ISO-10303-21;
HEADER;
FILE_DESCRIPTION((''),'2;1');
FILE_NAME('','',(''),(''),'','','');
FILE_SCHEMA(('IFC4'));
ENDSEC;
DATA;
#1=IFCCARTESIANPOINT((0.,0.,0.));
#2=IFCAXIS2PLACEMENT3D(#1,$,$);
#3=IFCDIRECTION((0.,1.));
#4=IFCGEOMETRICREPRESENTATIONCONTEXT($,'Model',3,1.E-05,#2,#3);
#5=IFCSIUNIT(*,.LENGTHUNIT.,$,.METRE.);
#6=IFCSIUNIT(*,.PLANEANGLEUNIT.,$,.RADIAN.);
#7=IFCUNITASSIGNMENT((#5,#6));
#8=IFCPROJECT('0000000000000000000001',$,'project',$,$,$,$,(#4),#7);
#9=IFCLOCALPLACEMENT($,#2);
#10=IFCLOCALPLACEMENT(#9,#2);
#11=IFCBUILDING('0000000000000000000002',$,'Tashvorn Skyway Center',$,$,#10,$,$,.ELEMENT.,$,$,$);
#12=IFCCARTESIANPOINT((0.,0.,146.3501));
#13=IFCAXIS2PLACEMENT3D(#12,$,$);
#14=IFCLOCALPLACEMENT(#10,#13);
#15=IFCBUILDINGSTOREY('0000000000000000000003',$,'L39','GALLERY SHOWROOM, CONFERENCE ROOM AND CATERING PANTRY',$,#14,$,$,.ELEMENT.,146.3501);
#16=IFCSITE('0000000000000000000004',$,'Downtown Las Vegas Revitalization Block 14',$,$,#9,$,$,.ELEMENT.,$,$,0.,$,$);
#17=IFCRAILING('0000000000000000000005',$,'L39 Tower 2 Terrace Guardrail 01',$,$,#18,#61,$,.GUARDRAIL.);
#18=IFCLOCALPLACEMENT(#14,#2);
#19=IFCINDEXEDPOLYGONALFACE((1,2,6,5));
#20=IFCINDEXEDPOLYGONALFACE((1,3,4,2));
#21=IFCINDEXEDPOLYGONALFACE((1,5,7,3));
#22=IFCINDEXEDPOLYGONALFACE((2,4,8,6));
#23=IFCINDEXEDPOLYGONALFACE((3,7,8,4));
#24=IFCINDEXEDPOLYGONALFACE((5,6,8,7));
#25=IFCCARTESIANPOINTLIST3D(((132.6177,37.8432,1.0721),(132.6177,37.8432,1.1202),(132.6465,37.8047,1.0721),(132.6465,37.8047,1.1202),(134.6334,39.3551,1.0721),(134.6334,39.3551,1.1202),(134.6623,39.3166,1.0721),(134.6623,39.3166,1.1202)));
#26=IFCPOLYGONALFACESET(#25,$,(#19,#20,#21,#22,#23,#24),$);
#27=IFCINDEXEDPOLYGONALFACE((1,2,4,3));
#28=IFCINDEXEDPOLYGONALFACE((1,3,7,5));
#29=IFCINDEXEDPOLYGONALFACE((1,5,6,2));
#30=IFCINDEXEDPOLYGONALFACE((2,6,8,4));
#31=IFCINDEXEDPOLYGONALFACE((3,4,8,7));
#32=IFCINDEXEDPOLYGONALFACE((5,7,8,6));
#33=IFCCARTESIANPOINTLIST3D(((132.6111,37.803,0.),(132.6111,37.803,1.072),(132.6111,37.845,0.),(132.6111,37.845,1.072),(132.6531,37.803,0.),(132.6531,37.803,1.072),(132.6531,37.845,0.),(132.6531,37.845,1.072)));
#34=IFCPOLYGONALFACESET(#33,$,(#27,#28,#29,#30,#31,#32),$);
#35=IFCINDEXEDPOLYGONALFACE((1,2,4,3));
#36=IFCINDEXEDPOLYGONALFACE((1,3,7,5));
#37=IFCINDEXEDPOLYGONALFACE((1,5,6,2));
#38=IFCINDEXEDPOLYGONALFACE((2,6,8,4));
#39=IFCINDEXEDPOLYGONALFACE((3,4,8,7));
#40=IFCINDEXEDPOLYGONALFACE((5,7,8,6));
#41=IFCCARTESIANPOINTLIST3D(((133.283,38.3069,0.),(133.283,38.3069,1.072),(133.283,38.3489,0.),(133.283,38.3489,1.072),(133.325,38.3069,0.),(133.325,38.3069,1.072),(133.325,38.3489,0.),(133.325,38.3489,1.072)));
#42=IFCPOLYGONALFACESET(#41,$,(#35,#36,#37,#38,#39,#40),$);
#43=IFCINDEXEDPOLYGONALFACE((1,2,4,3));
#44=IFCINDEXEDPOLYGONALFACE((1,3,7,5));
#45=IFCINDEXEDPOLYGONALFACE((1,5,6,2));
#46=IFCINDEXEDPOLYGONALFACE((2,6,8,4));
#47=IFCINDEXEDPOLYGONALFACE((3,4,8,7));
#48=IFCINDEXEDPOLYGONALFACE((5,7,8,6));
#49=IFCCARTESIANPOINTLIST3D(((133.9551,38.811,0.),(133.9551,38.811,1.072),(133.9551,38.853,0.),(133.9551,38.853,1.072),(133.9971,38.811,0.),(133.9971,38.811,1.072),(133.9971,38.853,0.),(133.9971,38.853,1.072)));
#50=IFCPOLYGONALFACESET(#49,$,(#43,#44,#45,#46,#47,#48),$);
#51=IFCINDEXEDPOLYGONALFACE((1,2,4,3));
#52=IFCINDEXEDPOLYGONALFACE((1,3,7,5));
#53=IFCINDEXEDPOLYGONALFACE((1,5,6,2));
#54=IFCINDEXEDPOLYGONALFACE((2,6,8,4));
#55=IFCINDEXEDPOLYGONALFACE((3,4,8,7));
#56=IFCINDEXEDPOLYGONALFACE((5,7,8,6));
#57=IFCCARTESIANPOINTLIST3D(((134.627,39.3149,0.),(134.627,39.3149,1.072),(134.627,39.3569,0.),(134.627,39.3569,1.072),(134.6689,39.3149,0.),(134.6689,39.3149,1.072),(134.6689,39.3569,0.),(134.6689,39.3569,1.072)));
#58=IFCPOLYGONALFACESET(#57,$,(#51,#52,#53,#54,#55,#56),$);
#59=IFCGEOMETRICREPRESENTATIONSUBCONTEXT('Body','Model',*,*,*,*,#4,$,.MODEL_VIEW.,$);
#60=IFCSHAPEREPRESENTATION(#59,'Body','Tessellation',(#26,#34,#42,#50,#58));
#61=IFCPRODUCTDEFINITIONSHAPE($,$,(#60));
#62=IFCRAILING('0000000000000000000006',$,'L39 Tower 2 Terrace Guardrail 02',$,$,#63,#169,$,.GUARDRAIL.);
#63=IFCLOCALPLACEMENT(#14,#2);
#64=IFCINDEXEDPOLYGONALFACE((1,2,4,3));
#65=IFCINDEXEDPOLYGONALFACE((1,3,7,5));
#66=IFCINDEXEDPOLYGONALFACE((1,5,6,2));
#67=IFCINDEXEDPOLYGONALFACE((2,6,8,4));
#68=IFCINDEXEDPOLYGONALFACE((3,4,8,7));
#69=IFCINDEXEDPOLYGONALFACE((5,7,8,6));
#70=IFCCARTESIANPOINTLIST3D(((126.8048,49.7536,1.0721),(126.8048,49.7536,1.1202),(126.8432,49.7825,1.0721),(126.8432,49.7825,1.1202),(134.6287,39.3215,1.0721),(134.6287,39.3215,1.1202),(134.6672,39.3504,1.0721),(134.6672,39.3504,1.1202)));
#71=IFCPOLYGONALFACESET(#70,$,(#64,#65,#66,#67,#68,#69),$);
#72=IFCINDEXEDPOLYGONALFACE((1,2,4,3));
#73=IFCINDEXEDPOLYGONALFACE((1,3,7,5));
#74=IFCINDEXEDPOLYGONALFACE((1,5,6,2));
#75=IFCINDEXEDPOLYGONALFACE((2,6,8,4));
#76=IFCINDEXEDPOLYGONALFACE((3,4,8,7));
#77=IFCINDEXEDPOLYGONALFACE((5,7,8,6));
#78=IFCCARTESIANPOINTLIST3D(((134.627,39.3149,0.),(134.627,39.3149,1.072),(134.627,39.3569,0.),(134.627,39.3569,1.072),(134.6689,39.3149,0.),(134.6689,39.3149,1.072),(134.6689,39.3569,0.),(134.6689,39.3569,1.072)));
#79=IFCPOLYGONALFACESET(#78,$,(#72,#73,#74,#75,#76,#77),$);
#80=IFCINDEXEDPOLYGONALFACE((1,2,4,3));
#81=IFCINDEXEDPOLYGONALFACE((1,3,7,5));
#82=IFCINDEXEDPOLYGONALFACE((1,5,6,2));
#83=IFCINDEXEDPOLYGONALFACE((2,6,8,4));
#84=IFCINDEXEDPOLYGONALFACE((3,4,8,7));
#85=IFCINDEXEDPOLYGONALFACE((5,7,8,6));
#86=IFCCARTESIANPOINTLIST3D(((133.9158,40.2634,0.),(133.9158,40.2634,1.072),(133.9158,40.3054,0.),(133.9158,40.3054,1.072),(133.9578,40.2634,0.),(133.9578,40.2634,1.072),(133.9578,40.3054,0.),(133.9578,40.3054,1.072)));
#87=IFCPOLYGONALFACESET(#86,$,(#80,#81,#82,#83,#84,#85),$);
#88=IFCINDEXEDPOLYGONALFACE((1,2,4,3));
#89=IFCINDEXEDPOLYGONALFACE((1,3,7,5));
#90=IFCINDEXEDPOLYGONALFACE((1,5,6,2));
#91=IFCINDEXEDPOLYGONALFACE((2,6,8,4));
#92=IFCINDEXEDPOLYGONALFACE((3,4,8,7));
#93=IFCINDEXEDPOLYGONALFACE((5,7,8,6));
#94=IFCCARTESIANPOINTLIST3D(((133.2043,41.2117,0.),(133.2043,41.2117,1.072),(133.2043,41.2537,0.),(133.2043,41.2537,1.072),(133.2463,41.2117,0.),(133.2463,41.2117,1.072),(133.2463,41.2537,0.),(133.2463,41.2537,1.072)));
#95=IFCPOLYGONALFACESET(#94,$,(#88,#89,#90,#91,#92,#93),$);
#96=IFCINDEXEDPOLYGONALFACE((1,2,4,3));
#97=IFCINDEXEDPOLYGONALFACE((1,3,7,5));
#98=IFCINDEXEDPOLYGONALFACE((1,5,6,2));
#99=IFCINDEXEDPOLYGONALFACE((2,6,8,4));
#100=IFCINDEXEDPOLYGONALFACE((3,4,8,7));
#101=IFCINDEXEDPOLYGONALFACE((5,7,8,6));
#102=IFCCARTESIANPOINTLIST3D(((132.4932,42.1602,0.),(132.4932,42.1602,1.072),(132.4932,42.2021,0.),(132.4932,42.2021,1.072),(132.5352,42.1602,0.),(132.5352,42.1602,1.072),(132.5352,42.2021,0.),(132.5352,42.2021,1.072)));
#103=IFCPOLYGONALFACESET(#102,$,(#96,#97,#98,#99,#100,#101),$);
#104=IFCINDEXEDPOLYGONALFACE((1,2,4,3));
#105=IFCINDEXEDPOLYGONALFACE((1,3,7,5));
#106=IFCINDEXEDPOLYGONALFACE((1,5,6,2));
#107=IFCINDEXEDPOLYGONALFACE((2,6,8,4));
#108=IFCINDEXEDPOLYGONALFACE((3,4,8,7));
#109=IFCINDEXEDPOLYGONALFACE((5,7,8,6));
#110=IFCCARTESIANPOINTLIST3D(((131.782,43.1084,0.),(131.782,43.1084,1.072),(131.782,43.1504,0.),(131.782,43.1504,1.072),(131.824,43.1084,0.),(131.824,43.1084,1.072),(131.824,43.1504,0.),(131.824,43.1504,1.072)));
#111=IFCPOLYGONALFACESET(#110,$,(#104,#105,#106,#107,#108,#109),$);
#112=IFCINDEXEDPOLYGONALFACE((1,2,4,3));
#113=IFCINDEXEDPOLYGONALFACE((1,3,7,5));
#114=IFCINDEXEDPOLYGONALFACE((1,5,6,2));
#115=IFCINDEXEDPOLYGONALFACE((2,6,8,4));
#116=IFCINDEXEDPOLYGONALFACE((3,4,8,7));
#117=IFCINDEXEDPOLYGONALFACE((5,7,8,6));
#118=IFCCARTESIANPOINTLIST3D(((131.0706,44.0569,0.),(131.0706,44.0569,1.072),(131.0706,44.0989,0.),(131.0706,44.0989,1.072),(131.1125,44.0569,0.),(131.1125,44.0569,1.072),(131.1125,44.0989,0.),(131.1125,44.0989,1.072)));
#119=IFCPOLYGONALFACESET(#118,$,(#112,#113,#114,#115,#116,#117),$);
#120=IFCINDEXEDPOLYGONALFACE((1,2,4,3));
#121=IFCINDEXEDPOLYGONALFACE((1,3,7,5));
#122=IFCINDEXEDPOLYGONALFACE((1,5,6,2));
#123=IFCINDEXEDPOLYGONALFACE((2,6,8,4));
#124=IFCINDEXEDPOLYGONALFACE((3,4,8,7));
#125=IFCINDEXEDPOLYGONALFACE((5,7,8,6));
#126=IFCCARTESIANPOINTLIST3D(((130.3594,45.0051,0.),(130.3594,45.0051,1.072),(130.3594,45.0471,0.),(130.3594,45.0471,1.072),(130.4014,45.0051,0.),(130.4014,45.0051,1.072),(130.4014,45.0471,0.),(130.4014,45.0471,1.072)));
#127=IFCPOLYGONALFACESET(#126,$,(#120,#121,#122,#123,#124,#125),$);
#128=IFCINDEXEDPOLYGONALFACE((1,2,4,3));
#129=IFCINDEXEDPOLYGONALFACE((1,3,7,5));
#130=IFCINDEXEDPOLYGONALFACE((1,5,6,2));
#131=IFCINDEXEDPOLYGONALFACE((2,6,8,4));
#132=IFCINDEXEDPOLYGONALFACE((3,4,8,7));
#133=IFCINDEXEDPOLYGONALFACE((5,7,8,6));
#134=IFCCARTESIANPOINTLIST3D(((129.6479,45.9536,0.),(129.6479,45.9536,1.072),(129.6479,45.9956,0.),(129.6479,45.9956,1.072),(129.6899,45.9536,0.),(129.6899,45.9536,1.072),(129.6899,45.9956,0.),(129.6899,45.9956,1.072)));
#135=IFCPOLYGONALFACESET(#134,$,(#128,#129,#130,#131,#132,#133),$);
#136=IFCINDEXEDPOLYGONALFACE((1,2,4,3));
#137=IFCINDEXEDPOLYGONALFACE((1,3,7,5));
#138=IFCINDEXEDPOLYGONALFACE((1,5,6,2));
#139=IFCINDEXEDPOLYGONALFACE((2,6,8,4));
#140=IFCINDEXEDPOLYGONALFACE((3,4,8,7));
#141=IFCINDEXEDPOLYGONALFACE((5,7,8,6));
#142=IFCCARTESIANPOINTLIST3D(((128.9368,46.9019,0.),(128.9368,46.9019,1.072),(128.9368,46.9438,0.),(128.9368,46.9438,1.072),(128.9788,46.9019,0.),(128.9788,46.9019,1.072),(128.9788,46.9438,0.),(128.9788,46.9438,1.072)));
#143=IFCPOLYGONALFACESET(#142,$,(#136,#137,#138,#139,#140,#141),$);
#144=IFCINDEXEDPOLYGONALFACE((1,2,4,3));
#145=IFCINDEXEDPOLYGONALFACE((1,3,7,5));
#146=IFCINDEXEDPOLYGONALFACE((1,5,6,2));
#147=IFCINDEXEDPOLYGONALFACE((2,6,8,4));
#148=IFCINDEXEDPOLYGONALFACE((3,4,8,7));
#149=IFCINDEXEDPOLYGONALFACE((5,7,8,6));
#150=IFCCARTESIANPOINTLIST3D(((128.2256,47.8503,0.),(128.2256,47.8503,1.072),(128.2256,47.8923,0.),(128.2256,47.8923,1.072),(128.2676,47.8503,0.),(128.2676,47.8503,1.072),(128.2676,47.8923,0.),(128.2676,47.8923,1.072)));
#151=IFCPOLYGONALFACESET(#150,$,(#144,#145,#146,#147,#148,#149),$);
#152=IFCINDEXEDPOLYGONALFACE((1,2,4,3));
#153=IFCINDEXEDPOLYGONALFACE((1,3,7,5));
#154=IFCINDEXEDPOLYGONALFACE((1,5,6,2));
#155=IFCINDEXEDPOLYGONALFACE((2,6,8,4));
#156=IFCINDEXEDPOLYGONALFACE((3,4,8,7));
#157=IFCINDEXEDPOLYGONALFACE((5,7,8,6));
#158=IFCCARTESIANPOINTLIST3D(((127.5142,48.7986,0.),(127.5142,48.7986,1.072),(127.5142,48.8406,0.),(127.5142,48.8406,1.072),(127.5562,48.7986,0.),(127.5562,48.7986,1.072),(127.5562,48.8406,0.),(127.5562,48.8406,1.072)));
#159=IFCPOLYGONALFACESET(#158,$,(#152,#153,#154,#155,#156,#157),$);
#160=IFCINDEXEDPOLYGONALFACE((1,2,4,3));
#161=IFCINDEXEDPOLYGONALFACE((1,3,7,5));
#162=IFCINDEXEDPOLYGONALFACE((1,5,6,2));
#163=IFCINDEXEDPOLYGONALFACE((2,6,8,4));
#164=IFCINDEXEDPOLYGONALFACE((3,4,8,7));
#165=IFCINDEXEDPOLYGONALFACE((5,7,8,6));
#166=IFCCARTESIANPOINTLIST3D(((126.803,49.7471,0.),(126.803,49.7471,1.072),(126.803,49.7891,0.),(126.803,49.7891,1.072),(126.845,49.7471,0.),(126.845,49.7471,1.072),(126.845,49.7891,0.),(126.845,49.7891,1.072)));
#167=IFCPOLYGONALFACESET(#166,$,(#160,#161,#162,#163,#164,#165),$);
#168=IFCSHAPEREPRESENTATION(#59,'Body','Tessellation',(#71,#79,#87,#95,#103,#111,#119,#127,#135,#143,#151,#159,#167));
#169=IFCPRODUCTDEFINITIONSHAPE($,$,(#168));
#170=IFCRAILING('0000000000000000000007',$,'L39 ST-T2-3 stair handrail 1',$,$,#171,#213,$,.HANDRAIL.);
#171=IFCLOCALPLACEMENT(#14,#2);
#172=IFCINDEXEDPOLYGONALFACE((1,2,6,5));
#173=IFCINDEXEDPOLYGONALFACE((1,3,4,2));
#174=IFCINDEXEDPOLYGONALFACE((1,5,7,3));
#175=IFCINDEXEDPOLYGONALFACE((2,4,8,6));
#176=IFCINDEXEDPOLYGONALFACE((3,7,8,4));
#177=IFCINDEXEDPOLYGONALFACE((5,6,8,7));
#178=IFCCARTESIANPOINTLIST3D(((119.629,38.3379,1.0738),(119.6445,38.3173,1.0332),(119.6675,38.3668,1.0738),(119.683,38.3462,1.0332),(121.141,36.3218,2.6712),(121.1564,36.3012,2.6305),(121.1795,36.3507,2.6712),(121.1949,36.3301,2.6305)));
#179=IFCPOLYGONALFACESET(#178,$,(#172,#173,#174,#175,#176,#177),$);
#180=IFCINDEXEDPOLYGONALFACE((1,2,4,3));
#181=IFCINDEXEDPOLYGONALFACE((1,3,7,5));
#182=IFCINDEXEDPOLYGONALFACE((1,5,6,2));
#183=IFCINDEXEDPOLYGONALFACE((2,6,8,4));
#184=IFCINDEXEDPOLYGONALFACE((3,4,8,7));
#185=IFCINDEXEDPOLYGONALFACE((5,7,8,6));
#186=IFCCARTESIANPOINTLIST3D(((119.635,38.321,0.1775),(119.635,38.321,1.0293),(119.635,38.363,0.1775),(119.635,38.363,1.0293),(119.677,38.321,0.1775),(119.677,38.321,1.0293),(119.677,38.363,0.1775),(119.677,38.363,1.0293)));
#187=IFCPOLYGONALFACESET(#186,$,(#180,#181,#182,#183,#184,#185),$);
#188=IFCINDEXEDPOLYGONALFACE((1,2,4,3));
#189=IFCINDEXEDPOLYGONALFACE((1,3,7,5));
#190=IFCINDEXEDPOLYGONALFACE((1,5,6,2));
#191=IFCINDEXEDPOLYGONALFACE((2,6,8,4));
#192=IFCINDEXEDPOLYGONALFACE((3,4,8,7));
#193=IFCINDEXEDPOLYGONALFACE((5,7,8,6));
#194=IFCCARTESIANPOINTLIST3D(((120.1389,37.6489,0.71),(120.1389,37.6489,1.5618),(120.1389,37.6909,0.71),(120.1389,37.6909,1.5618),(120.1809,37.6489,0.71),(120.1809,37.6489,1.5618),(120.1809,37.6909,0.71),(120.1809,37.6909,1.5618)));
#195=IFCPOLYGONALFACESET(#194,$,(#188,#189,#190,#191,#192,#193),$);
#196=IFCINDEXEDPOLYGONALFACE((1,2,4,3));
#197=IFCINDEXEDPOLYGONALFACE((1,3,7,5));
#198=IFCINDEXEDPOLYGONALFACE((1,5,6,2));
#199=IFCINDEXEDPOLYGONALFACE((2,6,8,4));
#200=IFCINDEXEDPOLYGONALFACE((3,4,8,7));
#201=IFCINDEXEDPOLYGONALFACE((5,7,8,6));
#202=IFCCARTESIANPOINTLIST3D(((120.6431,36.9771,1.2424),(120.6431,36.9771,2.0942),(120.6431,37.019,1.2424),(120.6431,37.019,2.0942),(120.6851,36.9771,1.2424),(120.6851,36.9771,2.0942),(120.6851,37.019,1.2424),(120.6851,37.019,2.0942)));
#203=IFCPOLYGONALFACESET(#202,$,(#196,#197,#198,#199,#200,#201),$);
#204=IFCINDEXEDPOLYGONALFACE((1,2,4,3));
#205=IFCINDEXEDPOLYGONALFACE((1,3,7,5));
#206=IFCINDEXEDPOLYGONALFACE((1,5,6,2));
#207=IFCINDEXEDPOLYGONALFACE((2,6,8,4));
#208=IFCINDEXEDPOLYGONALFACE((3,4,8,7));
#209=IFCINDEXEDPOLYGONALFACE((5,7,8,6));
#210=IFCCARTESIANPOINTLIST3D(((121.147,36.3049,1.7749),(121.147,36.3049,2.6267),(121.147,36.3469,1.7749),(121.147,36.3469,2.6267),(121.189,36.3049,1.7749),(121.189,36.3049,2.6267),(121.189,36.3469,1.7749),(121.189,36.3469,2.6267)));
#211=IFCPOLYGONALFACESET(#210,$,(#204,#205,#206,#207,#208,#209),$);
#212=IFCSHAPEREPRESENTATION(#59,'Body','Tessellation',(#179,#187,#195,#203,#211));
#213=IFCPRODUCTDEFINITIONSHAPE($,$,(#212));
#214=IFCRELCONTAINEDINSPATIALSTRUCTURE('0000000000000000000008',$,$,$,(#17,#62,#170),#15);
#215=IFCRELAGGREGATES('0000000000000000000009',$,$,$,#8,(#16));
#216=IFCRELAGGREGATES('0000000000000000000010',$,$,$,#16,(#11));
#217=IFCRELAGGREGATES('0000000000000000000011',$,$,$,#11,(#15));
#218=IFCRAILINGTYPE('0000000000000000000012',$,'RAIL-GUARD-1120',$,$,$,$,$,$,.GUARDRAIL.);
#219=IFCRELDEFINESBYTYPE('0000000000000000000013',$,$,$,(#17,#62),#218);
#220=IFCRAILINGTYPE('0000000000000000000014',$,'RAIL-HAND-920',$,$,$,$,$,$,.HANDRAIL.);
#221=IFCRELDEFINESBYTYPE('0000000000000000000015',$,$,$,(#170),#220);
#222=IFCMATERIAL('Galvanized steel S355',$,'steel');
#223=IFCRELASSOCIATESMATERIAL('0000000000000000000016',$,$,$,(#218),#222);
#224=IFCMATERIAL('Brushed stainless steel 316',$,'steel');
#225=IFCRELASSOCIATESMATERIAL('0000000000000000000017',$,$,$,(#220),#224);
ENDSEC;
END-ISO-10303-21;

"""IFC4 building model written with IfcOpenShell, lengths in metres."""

from ifc_helpers import new_model, si_unit, direction, frame, origin, origin_2d, place, context, subcontext, project, spatial, rectangle, extrude, material, type_object, element, save


model = new_model("IFC4")

# Units and contexts
model_context = context("Model", 3, precision=1e-05, world=origin(), true_north=direction((0.0, 1.0)))
body_context = subcontext(model_context, "Body", "Model", "MODEL_VIEW")
ifc_project = project(units=[si_unit("LENGTHUNIT", "METRE"), si_unit("PLANEANGLEUNIT", "RADIAN")], contexts=[model_context])

# Site, building, storey
site_placement = place(None, origin())
site = spatial("IfcSite", under=ifc_project, at=site_placement, Name="Downtown Las Vegas Revitalization Block 14", CompositionType="ELEMENT", RefElevation=0.0)
building_placement = place(site_placement, origin())
building = spatial("IfcBuilding", under=site, at=building_placement, Name="Tashvorn Skyway Center", CompositionType="ELEMENT")
storey_placement = place(building_placement, frame((0.0, 0.0, 146.3501)))
storey = spatial("IfcBuildingStorey", under=building, at=storey_placement, Name="L39", Description="GALLERY SHOWROOM, CONFERENCE ROOM AND CATERING PANTRY", CompositionType="ELEMENT", Elevation=146.3501)

# Railings
ifc_material_1 = material(Name="Galvanized steel S355", Category="steel")
railing_type_1 = type_object("IfcRailingType", Name="RAIL-GUARD-1120", PredefinedType="GUARDRAIL", material=ifc_material_1)
railing_1_placement = place(storey_placement, frame((132.6321, 37.824, 0.0)))
element("IfcRailing", 1, at=railing_1_placement, inside=storey, type_object=railing_type_1, Name="L39 Tower 2 Terrace Guardrail 01", PredefinedType="GUARDRAIL", context=body_context, shape_type="SweptSolid", body=[
    extrude(rectangle(XDim=0.0481, YDim=0.0481, at=origin_2d()), frame((0.0, 0.0, 1.0962), z_axis=(0.799988, 0.600016, 0.0), x_axis=(-0.600016, 0.799988, 0.0)), (0.0, 0.0, 1.0), 2.5198),
    extrude(rectangle(XDim=0.042, YDim=0.042, at=origin_2d()), origin(), (0.0, 0.0, 1.0), 1.072),
    extrude(rectangle(XDim=0.042, YDim=0.042, at=origin_2d()), frame((0.6719, 0.5039, 0.0)), (0.0, 0.0, 1.0), 1.072),
    extrude(rectangle(XDim=0.042, YDim=0.042, at=origin_2d()), frame((1.344, 1.0081, 0.0)), (0.0, 0.0, 1.0), 1.072),
    extrude(rectangle(XDim=0.042, YDim=0.042, at=origin_2d()), frame((2.0159, 1.512, 0.0)), (0.0, 0.0, 1.0), 1.072),
])
railing_2_placement = place(storey_placement, frame((134.6479, 39.3359, 0.0)))
element("IfcRailing", 2, at=railing_2_placement, inside=storey, type_object=railing_type_1, Name="L39 Tower 2 Terrace Guardrail 02", PredefinedType="GUARDRAIL", context=body_context, shape_type="SweptSolid", body=[
    extrude(rectangle(XDim=0.0481, YDim=0.0481, at=origin_2d()), frame((0.0, 0.0, 1.0962), z_axis=(-0.599994, 0.800004, 0.0), x_axis=(-0.800004, -0.599994, 0.0)), (0.0, 0.0, 1.0), 13.04),
    extrude(rectangle(XDim=0.042, YDim=0.042, at=origin_2d()), origin(), (0.0, 0.0, 1.0), 1.072),
    extrude(rectangle(XDim=0.042, YDim=0.042, at=origin_2d()), frame((-0.7112, 0.9485, 0.0)), (0.0, 0.0, 1.0), 1.072),
    extrude(rectangle(XDim=0.042, YDim=0.042, at=origin_2d()), frame((-1.4226, 1.8967, 0.0)), (0.0, 0.0, 1.0), 1.072),
    extrude(rectangle(XDim=0.042, YDim=0.042, at=origin_2d()), frame((-2.1338, 2.8452, 0.0)), (0.0, 0.0, 1.0), 1.072),
    extrude(rectangle(XDim=0.042, YDim=0.042, at=origin_2d()), frame((-2.845, 3.7935, 0.0)), (0.0, 0.0, 1.0), 1.072),
    extrude(rectangle(XDim=0.042, YDim=0.042, at=origin_2d()), frame((-3.5564, 4.7419, 0.0)), (0.0, 0.0, 1.0), 1.072),
    extrude(rectangle(XDim=0.042, YDim=0.042, at=origin_2d()), frame((-4.2676, 5.6902, 0.0)), (0.0, 0.0, 1.0), 1.072),
    extrude(rectangle(XDim=0.042, YDim=0.042, at=origin_2d()), frame((-4.979, 6.6387, 0.0)), (0.0, 0.0, 1.0), 1.072),
    extrude(rectangle(XDim=0.042, YDim=0.042, at=origin_2d()), frame((-5.6902, 7.5869, 0.0)), (0.0, 0.0, 1.0), 1.072),
    extrude(rectangle(XDim=0.042, YDim=0.042, at=origin_2d()), frame((-6.4014, 8.5354, 0.0)), (0.0, 0.0, 1.0), 1.072),
    extrude(rectangle(XDim=0.042, YDim=0.042, at=origin_2d()), frame((-7.1128, 9.4836, 0.0)), (0.0, 0.0, 1.0), 1.072),
    extrude(rectangle(XDim=0.042, YDim=0.042, at=origin_2d()), frame((-7.824, 10.4321, 0.0)), (0.0, 0.0, 1.0), 1.072),
])
ifc_material_2 = material(Name="Brushed stainless steel 316", Category="steel")
railing_type_2 = type_object("IfcRailingType", Name="RAIL-HAND-920", PredefinedType="HANDRAIL", material=ifc_material_2)
railing_3_placement = place(storey_placement, frame((119.656, 38.342, 0.1775)))
element("IfcRailing", 3, at=railing_3_placement, inside=storey, type_object=railing_type_2, Name="L39 ST-T2-3 stair handrail 1", PredefinedType="HANDRAIL", context=body_context, shape_type="SweptSolid", body=[
    extrude(rectangle(XDim=0.0481, YDim=0.0481, at=origin_2d()), frame((0.0, 0.0, 0.876), z_axis=(0.506741, -0.675709, 0.535379), x_axis=(0.800023, 0.599969, 0.0)), (0.0, 0.0, 1.0), 2.9836),
    extrude(rectangle(XDim=0.042, YDim=0.042, at=origin_2d()), origin(), (0.0, 0.0, 1.0), 0.8518),
    extrude(rectangle(XDim=0.042, YDim=0.042, at=origin_2d()), frame((0.5039, -0.6721, 0.5325)), (0.0, 0.0, 1.0), 0.8518),
    extrude(rectangle(XDim=0.042, YDim=0.042, at=origin_2d()), frame((1.0081, -1.344, 1.0649)), (0.0, 0.0, 1.0), 0.8518),
    extrude(rectangle(XDim=0.042, YDim=0.042, at=origin_2d()), frame((1.512, -2.0161, 1.5974)), (0.0, 0.0, 1.0), 0.8518),
])

save(model, "model.ifc")
